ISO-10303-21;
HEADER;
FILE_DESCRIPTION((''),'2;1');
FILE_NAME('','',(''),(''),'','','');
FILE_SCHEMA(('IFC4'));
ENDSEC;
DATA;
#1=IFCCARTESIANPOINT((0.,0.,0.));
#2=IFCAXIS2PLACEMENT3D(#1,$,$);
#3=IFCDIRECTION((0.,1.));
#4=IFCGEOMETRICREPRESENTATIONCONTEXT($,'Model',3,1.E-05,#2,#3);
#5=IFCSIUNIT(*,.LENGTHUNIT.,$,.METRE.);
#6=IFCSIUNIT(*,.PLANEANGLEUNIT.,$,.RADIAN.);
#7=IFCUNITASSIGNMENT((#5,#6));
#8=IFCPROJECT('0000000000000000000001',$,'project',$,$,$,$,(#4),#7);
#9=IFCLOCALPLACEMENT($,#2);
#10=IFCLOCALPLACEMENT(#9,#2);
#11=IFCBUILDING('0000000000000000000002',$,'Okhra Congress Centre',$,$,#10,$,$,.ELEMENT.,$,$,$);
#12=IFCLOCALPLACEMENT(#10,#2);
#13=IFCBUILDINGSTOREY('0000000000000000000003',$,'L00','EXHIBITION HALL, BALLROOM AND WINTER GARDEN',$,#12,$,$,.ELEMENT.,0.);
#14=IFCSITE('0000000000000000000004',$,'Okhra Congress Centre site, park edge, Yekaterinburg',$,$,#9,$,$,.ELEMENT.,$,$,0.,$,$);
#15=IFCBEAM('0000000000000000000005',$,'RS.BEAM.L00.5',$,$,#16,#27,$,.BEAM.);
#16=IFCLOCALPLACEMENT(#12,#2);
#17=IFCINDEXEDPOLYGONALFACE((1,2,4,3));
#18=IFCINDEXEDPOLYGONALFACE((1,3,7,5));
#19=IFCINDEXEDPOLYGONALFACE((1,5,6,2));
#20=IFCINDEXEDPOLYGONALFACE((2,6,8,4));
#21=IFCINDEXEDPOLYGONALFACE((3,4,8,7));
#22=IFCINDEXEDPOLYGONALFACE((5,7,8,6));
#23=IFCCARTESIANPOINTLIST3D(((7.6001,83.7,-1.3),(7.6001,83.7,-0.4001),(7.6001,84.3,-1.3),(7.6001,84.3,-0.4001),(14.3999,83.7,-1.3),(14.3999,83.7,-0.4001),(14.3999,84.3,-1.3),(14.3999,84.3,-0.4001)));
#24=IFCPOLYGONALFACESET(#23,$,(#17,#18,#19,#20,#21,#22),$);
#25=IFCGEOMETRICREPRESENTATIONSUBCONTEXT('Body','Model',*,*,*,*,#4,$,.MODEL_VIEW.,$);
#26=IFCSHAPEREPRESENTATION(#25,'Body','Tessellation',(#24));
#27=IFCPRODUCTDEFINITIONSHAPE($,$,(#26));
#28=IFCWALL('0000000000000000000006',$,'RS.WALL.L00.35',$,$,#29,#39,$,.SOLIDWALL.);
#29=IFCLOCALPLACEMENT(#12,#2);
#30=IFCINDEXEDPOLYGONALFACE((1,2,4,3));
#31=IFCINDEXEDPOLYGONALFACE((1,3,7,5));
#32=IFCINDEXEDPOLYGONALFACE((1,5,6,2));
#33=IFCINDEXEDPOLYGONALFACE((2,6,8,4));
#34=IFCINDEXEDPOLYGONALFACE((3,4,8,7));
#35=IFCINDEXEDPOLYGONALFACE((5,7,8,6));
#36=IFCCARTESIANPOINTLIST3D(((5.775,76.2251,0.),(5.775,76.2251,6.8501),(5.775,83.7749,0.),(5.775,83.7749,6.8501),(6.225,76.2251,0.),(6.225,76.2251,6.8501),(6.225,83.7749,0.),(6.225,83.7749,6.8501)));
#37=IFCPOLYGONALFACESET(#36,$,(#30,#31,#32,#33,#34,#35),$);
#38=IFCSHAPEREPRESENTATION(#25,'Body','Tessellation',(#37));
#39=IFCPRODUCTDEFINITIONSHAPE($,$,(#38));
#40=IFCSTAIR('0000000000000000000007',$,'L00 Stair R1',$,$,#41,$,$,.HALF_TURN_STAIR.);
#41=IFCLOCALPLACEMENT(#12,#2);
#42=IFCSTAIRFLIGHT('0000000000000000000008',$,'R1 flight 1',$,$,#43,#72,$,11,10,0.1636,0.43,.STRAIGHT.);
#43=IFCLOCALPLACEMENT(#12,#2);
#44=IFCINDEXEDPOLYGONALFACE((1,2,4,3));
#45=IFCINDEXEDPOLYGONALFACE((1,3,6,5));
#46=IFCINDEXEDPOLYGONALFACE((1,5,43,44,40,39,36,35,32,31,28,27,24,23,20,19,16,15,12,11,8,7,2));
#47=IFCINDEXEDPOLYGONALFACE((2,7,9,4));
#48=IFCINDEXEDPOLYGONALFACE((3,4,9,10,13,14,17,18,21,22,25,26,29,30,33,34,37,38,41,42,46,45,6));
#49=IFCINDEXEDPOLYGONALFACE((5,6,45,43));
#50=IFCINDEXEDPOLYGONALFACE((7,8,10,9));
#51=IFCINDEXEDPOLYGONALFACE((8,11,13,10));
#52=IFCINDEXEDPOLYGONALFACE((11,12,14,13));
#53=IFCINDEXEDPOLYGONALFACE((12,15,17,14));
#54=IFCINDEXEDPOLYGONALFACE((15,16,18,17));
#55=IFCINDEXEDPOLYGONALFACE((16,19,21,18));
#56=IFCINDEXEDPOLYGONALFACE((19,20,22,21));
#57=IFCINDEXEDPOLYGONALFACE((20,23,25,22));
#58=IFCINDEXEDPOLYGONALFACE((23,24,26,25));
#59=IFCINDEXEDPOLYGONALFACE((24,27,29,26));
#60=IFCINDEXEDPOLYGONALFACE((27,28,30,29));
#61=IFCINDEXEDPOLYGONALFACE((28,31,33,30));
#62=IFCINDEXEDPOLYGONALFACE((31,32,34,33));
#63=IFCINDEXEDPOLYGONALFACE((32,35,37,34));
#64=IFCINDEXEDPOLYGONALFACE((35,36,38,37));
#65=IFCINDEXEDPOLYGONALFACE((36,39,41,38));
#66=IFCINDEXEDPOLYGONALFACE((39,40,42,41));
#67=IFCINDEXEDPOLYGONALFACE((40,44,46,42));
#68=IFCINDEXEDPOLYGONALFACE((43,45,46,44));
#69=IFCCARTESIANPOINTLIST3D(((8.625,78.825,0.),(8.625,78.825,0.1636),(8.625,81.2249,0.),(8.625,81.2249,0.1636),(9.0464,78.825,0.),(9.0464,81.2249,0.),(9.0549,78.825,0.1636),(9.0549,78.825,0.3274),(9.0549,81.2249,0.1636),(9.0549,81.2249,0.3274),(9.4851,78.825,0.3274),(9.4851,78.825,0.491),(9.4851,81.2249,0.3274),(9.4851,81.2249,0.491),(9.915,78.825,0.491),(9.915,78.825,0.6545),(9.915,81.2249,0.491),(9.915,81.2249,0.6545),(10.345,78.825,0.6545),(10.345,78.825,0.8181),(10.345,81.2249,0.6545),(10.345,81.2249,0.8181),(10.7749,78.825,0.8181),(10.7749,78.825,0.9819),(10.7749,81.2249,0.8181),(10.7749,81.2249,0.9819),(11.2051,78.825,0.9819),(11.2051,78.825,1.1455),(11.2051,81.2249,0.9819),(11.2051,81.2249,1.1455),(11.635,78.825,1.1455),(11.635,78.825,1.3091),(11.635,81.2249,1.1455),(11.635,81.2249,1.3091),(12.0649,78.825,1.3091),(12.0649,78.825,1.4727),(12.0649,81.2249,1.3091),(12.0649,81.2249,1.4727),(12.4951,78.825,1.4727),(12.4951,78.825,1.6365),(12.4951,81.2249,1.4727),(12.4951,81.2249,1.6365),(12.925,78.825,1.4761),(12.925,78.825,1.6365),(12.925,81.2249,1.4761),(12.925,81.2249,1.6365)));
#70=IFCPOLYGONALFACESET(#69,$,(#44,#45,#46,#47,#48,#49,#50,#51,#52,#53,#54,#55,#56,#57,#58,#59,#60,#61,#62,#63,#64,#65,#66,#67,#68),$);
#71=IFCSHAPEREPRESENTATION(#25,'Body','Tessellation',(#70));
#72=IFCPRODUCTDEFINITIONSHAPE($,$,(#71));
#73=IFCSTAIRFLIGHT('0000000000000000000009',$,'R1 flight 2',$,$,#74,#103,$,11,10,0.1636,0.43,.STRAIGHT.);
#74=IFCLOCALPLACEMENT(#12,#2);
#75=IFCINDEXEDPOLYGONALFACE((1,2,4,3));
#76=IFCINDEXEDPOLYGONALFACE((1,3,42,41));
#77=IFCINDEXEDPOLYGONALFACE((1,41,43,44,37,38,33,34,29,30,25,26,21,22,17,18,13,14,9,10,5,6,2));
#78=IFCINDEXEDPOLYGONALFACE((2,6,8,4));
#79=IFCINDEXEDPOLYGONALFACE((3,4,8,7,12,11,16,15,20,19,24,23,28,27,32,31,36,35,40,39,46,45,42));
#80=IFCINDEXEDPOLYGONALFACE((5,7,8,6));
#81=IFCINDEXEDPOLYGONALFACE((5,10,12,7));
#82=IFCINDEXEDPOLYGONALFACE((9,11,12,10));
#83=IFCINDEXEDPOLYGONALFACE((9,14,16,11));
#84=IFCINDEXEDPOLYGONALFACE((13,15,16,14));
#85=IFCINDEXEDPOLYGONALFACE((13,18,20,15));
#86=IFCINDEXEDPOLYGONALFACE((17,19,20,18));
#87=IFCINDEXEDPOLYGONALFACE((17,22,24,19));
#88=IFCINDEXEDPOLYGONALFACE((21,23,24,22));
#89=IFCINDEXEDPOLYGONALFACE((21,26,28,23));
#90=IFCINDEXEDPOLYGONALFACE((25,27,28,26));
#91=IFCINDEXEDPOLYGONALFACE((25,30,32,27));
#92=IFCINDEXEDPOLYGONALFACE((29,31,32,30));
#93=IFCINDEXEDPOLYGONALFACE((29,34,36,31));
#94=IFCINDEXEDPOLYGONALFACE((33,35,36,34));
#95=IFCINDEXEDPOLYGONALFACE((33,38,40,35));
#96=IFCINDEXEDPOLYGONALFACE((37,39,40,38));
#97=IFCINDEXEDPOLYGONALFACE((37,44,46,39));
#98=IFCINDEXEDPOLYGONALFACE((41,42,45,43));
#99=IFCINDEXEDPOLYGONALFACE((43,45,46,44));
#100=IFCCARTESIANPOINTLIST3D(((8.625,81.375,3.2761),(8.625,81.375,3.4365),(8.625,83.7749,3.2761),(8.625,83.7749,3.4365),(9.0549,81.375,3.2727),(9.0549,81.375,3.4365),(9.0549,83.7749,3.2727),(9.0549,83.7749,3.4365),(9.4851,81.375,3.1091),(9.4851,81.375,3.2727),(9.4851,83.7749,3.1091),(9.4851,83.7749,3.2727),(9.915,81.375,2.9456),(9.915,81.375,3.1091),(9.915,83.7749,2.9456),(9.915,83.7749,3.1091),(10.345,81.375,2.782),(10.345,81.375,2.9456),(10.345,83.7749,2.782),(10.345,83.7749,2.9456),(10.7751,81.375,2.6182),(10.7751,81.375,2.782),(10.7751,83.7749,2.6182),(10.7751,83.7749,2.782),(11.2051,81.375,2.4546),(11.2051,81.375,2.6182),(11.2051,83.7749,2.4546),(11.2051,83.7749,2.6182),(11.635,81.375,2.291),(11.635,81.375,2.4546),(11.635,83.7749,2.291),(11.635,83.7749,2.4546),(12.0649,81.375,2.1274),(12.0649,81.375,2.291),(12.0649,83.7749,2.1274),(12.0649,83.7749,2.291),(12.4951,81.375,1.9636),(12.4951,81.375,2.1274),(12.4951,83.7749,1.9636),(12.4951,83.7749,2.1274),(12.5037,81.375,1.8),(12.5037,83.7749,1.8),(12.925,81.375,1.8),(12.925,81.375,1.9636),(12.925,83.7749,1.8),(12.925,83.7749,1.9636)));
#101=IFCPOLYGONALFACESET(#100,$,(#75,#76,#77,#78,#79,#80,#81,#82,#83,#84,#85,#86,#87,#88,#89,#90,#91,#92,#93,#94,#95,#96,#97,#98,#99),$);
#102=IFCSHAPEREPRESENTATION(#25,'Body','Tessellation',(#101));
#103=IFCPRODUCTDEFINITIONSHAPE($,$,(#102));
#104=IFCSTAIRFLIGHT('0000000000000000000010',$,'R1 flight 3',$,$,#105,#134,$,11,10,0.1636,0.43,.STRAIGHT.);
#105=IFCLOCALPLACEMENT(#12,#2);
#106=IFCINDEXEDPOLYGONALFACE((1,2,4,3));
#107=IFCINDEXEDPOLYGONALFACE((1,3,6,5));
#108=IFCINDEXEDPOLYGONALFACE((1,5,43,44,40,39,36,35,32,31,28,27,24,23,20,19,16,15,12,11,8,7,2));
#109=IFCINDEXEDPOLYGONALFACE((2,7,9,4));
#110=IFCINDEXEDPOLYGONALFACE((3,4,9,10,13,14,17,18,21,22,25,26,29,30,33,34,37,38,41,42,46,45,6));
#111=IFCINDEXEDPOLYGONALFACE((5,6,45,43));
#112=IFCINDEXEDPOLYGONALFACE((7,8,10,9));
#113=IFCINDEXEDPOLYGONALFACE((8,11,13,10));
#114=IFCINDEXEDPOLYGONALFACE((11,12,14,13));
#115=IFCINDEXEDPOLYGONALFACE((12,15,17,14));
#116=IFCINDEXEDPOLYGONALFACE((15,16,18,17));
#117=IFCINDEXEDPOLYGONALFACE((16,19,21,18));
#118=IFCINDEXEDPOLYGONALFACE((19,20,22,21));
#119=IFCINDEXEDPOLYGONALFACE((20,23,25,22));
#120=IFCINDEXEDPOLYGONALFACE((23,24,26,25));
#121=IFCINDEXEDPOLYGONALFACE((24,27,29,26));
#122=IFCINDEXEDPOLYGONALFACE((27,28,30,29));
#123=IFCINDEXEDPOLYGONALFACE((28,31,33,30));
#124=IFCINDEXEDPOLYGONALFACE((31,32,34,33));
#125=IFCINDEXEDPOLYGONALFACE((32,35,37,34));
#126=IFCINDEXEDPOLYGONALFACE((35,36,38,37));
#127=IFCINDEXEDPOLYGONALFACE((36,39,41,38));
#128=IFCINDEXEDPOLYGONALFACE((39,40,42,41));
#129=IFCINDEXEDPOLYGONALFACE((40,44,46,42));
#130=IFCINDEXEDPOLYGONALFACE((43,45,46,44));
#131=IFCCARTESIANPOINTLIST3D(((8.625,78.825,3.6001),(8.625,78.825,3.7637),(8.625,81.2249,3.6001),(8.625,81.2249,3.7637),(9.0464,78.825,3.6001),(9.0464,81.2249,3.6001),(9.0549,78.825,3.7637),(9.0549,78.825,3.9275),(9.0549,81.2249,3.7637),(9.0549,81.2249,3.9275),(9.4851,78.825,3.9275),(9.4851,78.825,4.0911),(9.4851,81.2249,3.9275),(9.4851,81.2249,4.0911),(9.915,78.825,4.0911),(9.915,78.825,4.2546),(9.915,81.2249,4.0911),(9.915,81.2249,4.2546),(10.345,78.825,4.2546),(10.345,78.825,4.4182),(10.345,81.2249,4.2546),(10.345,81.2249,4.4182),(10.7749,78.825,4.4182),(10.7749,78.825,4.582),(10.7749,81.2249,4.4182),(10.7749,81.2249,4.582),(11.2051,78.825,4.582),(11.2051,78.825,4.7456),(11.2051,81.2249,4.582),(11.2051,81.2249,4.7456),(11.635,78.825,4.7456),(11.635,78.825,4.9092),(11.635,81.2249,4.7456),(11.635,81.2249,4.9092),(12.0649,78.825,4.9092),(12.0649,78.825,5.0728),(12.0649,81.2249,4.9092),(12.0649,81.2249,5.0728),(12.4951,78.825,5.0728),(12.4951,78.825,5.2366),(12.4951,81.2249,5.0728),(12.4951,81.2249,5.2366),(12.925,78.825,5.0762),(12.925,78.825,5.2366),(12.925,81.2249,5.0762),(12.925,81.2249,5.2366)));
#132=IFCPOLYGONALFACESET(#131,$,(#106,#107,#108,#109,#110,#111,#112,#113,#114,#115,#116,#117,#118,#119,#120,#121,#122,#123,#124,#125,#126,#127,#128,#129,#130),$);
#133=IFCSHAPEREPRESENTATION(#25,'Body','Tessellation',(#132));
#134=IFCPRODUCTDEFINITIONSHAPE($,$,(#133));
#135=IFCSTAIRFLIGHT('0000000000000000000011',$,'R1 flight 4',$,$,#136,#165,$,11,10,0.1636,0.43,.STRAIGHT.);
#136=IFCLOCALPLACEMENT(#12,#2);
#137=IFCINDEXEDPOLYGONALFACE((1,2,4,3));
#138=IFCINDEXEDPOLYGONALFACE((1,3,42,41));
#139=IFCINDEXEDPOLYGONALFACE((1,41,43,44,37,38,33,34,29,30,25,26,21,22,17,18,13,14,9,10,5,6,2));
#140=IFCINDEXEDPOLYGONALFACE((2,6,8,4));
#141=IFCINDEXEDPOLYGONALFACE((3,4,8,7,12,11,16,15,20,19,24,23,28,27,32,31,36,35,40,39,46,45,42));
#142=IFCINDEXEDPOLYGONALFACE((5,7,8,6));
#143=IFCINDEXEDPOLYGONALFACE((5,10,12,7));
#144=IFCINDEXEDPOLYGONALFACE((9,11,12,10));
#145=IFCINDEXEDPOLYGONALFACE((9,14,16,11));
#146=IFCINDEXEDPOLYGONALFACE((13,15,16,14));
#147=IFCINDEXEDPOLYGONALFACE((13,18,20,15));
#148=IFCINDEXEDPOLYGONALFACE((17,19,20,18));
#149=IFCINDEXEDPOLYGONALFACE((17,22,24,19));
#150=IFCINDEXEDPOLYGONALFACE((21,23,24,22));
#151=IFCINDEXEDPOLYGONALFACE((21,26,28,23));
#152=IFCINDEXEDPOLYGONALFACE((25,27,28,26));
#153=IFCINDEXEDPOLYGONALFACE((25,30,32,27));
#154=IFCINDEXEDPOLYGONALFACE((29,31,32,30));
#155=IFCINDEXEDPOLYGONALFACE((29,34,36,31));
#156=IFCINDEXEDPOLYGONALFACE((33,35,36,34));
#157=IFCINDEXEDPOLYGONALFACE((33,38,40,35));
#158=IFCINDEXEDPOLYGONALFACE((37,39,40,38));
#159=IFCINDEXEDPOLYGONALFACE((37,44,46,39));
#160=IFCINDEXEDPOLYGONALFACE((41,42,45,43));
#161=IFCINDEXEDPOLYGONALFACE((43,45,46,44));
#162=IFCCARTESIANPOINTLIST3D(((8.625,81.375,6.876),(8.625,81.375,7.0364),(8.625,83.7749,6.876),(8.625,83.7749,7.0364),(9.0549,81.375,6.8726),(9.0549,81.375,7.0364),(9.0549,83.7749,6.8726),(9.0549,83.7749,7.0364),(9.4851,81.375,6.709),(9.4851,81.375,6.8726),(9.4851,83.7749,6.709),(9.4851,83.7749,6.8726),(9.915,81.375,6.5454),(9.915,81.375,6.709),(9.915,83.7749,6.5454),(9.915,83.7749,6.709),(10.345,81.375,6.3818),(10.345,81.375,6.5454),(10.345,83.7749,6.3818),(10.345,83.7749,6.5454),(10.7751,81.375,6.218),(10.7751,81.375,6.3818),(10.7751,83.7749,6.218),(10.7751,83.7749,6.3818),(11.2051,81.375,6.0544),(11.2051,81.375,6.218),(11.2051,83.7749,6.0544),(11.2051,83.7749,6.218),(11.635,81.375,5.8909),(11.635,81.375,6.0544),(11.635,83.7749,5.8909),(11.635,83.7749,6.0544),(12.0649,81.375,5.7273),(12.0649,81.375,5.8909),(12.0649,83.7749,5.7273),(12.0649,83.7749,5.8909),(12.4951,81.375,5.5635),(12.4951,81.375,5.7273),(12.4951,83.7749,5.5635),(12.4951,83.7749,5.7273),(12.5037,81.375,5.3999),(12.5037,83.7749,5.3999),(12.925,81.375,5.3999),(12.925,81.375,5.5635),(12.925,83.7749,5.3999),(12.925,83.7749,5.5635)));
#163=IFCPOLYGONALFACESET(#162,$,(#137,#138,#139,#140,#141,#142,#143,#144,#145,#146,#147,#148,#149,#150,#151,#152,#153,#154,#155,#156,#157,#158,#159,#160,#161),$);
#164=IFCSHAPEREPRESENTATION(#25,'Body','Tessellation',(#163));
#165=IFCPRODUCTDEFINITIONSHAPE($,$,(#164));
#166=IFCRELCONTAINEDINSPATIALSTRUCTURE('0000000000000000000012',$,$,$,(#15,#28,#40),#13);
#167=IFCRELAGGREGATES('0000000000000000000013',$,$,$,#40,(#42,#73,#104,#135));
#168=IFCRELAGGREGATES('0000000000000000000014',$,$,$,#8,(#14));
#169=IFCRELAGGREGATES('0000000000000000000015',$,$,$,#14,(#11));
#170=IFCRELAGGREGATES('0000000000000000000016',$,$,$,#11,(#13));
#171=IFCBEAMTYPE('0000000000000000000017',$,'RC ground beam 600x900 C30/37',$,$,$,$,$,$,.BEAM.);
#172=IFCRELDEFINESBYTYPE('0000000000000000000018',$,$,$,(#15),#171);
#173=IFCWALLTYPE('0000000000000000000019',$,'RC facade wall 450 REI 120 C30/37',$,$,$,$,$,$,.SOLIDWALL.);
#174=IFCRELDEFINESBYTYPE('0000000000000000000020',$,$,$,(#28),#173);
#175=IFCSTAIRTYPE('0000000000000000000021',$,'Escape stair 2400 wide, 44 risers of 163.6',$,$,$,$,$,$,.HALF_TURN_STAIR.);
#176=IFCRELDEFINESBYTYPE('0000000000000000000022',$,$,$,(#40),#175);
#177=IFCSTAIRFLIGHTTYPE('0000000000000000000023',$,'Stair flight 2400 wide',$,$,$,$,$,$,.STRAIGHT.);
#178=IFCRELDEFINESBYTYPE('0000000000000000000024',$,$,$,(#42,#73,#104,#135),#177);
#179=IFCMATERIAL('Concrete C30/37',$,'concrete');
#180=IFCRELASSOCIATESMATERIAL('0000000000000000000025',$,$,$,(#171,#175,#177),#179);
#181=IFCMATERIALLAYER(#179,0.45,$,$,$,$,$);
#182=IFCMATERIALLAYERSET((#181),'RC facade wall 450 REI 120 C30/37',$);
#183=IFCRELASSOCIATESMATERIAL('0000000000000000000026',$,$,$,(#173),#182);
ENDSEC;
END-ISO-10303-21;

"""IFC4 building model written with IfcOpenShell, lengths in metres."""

from ifc_helpers import new_model, si_unit, direction, frame, frame_2d, origin, origin_2d, place, context, subcontext, project, spatial, polyline, rectangle, outline, extrude, material, layer, layer_set, material_profile, profile_set, type_object, element, aggregate, save


model = new_model("IFC4")

# Units and contexts
model_context = context("Model", 3, precision=1e-05, world=origin(), true_north=direction((0.0, 1.0)))
body_context = subcontext(model_context, "Body", "Model", "MODEL_VIEW")
ifc_project = project(units=[si_unit("LENGTHUNIT", "METRE"), si_unit("PLANEANGLEUNIT", "RADIAN")], contexts=[model_context])

# Site, building, storey
site_placement = place(None, origin())
site = spatial("IfcSite", under=ifc_project, at=site_placement, Name="Okhra Congress Centre site, park edge, Yekaterinburg", CompositionType="ELEMENT", RefElevation=0.0)
building_placement = place(site_placement, origin())
building = spatial("IfcBuilding", under=site, at=building_placement, Name="Okhra Congress Centre", CompositionType="ELEMENT")
storey_placement = place(building_placement, origin())
storey = spatial("IfcBuildingStorey", under=building, at=storey_placement, Name="L00", Description="EXHIBITION HALL, BALLROOM AND WINTER GARDEN", CompositionType="ELEMENT", Elevation=0.0)

# Shared definitions
ifc_material_1 = material(Name="Concrete C30/37", Category="concrete")

# Beam
ifc_material_profile_1 = material_profile(ifc_material_1, rectangle(XDim=0.6001, YDim=0.8999, at=origin_2d()), Name="RC 600x900")
ifc_profile_set_1 = profile_set([ifc_material_profile_1], Name="Concrete C30/37")
beam_type = type_object("IfcBeamType", Name="RC ground beam 600x900 C30/37", PredefinedType="BEAM", material=ifc_profile_set_1)
beam_placement = place(storey_placement, frame((7.6001, 84.0, -0.8501), z_axis=(1.0, 0.0, 0.0), x_axis=(0.0, 1.0, 0.0)))
element("IfcBeam", 1, at=beam_placement, inside=storey, type_object=beam_type, Name="RS.BEAM.L00.5", PredefinedType="BEAM", context=body_context, shape_type="SweptSolid", body=[
    extrude(rectangle(XDim=0.6001, YDim=0.8999, at=origin_2d()), origin(), (0.0, 0.0, 1.0), 6.7998),
])

# Wall
ifc_layer = layer(ifc_material_1, 0.45)
ifc_layer_set = layer_set([ifc_layer], Name="RC facade wall 450 REI 120 C30/37")
wall_type = type_object("IfcWallType", Name="RC facade wall 450 REI 120 C30/37", PredefinedType="SOLIDWALL", material=ifc_layer_set)
wall_placement = place(storey_placement, frame((6.0, 83.7749, 0.0), z_axis=(0.0, 0.0, 1.0), x_axis=(0.0, -1.0, 0.0)))
element("IfcWall", 2, at=wall_placement, inside=storey, type_object=wall_type, Name="RS.WALL.L00.35", PredefinedType="SOLIDWALL", context=body_context, shape_type="SweptSolid", body=[
    extrude(rectangle(XDim=7.5498, YDim=0.45, at=frame_2d((3.7749, 0.0))), origin(), (0.0, 0.0, 1.0), 6.8501),
])

# Stair, stair flights
stair_type = type_object("IfcStairType", Name="Escape stair 2400 wide, 44 risers of 163.6", PredefinedType="HALF_TURN_STAIR", material=ifc_material_1)
stair_placement = place(storey_placement, origin())
stair = element("IfcStair", 3, at=stair_placement, inside=storey, type_object=stair_type, Name="L00 Stair R1", PredefinedType="HALF_TURN_STAIR")
stair_flight_type = type_object("IfcStairFlightType", Name="Stair flight 2400 wide", PredefinedType="STRAIGHT", material=ifc_material_1)
stair_flight_1_placement = place(storey_placement, frame((8.625, 80.0249, 0.0), z_axis=(0.0, 0.0, 1.0), x_axis=(1.0, 0.0, 0.0)))
stair_flight_1 = element("IfcStairFlight", 4, at=stair_flight_1_placement, type_object=stair_flight_type, Name="R1 flight 1", NumberOfRisers=11, NumberOfTreads=10, PredefinedType="STRAIGHT", RiserHeight=0.1636, TreadLength=0.43, context=body_context, shape_type="SweptSolid", body=[
    extrude(outline(polyline([(0.0, 0.0), (0.0, 0.1636), (0.4299, 0.1636), (0.4299, 0.3274), (0.8601, 0.3274), (0.8601, 0.491), (1.29, 0.491), (1.29, 0.6545), (1.72, 0.6545), (1.72, 0.8181), (2.1499, 0.8181), (2.1499, 0.9819), (2.5801, 0.9819), (2.5801, 1.1455), (3.01, 1.1455), (3.01, 1.3091), (3.4399, 1.3091), (3.4399, 1.4727), (3.8701, 1.4727), (3.8701, 1.6365), (4.3, 1.6365), (4.3, 1.8), (4.3, 1.4761), (0.4214, 0.0), (0.0, 0.0)])), frame((0.0, 1.2, 0.0), z_axis=(0.0, -1.0, 0.0), x_axis=(1.0, 0.0, 0.0)), (0.0, 0.0, 1.0), 2.3999),
])
stair_flight_2_placement = place(storey_placement, frame((12.925, 82.575, 1.8), z_axis=(0.0, 0.0, 1.0), x_axis=(-1.0, 0.0, 0.0)))
stair_flight_2 = element("IfcStairFlight", 5, at=stair_flight_2_placement, type_object=stair_flight_type, Name="R1 flight 2", NumberOfRisers=11, NumberOfTreads=10, PredefinedType="STRAIGHT", RiserHeight=0.1636, TreadLength=0.43, context=body_context, shape_type="SweptSolid", body=[
    extrude(outline(polyline([(0.0, 0.0), (0.0, 0.1636), (0.4299, 0.1636), (0.4299, 0.3274), (0.8601, 0.3274), (0.8601, 0.491), (1.29, 0.491), (1.29, 0.6545), (1.72, 0.6545), (1.72, 0.8181), (2.1499, 0.8181), (2.1499, 0.9819), (2.5801, 0.9819), (2.5801, 1.1455), (3.01, 1.1455), (3.01, 1.3091), (3.4399, 1.3091), (3.4399, 1.4727), (3.8701, 1.4727), (3.8701, 1.6365), (4.3, 1.6365), (4.3, 1.8), (4.3, 1.4761), (0.4214, 0.0), (0.0, 0.0)])), frame((0.0, 1.2, 0.0), z_axis=(0.0, -1.0, 0.0), x_axis=(1.0, 0.0, 0.0)), (0.0, 0.0, 1.0), 2.3999),
])
stair_flight_3_placement = place(storey_placement, frame((8.625, 80.0249, 3.6001), z_axis=(0.0, 0.0, 1.0), x_axis=(1.0, 0.0, 0.0)))
stair_flight_3 = element("IfcStairFlight", 6, at=stair_flight_3_placement, type_object=stair_flight_type, Name="R1 flight 3", NumberOfRisers=11, NumberOfTreads=10, PredefinedType="STRAIGHT", RiserHeight=0.1636, TreadLength=0.43, context=body_context, shape_type="SweptSolid", body=[
    extrude(outline(polyline([(0.0, 0.0), (0.0, 0.1636), (0.4299, 0.1636), (0.4299, 0.3274), (0.8601, 0.3274), (0.8601, 0.491), (1.29, 0.491), (1.29, 0.6545), (1.72, 0.6545), (1.72, 0.8181), (2.1499, 0.8181), (2.1499, 0.9819), (2.5801, 0.9819), (2.5801, 1.1455), (3.01, 1.1455), (3.01, 1.3091), (3.4399, 1.3091), (3.4399, 1.4727), (3.8701, 1.4727), (3.8701, 1.6365), (4.3, 1.6365), (4.3, 1.8), (4.3, 1.4761), (0.4214, 0.0), (0.0, 0.0)])), frame((0.0, 1.2, 0.0), z_axis=(0.0, -1.0, 0.0), x_axis=(1.0, 0.0, 0.0)), (0.0, 0.0, 1.0), 2.3999),
])
stair_flight_4_placement = place(storey_placement, frame((12.925, 82.575, 5.3999), z_axis=(0.0, 0.0, 1.0), x_axis=(-1.0, 0.0, 0.0)))
stair_flight_4 = element("IfcStairFlight", 7, at=stair_flight_4_placement, type_object=stair_flight_type, Name="R1 flight 4", NumberOfRisers=11, NumberOfTreads=10, PredefinedType="STRAIGHT", RiserHeight=0.1636, TreadLength=0.43, context=body_context, shape_type="SweptSolid", body=[
    extrude(outline(polyline([(0.0, 0.0), (0.0, 0.1636), (0.4299, 0.1636), (0.4299, 0.3274), (0.8601, 0.3274), (0.8601, 0.491), (1.29, 0.491), (1.29, 0.6545), (1.72, 0.6545), (1.72, 0.8181), (2.1499, 0.8181), (2.1499, 0.9819), (2.5801, 0.9819), (2.5801, 1.1455), (3.01, 1.1455), (3.01, 1.3091), (3.4399, 1.3091), (3.4399, 1.4727), (3.8701, 1.4727), (3.8701, 1.6365), (4.3, 1.6365), (4.3, 1.8), (4.3, 1.4761), (0.4214, 0.0), (0.0, 0.0)])), frame((0.0, 1.2, 0.0), z_axis=(0.0, -1.0, 0.0), x_axis=(1.0, 0.0, 0.0)), (0.0, 0.0, 1.0), 2.3999),
])
aggregate(stair, [stair_flight_1, stair_flight_2, stair_flight_3, stair_flight_4])

save(model, "model.ifc")
